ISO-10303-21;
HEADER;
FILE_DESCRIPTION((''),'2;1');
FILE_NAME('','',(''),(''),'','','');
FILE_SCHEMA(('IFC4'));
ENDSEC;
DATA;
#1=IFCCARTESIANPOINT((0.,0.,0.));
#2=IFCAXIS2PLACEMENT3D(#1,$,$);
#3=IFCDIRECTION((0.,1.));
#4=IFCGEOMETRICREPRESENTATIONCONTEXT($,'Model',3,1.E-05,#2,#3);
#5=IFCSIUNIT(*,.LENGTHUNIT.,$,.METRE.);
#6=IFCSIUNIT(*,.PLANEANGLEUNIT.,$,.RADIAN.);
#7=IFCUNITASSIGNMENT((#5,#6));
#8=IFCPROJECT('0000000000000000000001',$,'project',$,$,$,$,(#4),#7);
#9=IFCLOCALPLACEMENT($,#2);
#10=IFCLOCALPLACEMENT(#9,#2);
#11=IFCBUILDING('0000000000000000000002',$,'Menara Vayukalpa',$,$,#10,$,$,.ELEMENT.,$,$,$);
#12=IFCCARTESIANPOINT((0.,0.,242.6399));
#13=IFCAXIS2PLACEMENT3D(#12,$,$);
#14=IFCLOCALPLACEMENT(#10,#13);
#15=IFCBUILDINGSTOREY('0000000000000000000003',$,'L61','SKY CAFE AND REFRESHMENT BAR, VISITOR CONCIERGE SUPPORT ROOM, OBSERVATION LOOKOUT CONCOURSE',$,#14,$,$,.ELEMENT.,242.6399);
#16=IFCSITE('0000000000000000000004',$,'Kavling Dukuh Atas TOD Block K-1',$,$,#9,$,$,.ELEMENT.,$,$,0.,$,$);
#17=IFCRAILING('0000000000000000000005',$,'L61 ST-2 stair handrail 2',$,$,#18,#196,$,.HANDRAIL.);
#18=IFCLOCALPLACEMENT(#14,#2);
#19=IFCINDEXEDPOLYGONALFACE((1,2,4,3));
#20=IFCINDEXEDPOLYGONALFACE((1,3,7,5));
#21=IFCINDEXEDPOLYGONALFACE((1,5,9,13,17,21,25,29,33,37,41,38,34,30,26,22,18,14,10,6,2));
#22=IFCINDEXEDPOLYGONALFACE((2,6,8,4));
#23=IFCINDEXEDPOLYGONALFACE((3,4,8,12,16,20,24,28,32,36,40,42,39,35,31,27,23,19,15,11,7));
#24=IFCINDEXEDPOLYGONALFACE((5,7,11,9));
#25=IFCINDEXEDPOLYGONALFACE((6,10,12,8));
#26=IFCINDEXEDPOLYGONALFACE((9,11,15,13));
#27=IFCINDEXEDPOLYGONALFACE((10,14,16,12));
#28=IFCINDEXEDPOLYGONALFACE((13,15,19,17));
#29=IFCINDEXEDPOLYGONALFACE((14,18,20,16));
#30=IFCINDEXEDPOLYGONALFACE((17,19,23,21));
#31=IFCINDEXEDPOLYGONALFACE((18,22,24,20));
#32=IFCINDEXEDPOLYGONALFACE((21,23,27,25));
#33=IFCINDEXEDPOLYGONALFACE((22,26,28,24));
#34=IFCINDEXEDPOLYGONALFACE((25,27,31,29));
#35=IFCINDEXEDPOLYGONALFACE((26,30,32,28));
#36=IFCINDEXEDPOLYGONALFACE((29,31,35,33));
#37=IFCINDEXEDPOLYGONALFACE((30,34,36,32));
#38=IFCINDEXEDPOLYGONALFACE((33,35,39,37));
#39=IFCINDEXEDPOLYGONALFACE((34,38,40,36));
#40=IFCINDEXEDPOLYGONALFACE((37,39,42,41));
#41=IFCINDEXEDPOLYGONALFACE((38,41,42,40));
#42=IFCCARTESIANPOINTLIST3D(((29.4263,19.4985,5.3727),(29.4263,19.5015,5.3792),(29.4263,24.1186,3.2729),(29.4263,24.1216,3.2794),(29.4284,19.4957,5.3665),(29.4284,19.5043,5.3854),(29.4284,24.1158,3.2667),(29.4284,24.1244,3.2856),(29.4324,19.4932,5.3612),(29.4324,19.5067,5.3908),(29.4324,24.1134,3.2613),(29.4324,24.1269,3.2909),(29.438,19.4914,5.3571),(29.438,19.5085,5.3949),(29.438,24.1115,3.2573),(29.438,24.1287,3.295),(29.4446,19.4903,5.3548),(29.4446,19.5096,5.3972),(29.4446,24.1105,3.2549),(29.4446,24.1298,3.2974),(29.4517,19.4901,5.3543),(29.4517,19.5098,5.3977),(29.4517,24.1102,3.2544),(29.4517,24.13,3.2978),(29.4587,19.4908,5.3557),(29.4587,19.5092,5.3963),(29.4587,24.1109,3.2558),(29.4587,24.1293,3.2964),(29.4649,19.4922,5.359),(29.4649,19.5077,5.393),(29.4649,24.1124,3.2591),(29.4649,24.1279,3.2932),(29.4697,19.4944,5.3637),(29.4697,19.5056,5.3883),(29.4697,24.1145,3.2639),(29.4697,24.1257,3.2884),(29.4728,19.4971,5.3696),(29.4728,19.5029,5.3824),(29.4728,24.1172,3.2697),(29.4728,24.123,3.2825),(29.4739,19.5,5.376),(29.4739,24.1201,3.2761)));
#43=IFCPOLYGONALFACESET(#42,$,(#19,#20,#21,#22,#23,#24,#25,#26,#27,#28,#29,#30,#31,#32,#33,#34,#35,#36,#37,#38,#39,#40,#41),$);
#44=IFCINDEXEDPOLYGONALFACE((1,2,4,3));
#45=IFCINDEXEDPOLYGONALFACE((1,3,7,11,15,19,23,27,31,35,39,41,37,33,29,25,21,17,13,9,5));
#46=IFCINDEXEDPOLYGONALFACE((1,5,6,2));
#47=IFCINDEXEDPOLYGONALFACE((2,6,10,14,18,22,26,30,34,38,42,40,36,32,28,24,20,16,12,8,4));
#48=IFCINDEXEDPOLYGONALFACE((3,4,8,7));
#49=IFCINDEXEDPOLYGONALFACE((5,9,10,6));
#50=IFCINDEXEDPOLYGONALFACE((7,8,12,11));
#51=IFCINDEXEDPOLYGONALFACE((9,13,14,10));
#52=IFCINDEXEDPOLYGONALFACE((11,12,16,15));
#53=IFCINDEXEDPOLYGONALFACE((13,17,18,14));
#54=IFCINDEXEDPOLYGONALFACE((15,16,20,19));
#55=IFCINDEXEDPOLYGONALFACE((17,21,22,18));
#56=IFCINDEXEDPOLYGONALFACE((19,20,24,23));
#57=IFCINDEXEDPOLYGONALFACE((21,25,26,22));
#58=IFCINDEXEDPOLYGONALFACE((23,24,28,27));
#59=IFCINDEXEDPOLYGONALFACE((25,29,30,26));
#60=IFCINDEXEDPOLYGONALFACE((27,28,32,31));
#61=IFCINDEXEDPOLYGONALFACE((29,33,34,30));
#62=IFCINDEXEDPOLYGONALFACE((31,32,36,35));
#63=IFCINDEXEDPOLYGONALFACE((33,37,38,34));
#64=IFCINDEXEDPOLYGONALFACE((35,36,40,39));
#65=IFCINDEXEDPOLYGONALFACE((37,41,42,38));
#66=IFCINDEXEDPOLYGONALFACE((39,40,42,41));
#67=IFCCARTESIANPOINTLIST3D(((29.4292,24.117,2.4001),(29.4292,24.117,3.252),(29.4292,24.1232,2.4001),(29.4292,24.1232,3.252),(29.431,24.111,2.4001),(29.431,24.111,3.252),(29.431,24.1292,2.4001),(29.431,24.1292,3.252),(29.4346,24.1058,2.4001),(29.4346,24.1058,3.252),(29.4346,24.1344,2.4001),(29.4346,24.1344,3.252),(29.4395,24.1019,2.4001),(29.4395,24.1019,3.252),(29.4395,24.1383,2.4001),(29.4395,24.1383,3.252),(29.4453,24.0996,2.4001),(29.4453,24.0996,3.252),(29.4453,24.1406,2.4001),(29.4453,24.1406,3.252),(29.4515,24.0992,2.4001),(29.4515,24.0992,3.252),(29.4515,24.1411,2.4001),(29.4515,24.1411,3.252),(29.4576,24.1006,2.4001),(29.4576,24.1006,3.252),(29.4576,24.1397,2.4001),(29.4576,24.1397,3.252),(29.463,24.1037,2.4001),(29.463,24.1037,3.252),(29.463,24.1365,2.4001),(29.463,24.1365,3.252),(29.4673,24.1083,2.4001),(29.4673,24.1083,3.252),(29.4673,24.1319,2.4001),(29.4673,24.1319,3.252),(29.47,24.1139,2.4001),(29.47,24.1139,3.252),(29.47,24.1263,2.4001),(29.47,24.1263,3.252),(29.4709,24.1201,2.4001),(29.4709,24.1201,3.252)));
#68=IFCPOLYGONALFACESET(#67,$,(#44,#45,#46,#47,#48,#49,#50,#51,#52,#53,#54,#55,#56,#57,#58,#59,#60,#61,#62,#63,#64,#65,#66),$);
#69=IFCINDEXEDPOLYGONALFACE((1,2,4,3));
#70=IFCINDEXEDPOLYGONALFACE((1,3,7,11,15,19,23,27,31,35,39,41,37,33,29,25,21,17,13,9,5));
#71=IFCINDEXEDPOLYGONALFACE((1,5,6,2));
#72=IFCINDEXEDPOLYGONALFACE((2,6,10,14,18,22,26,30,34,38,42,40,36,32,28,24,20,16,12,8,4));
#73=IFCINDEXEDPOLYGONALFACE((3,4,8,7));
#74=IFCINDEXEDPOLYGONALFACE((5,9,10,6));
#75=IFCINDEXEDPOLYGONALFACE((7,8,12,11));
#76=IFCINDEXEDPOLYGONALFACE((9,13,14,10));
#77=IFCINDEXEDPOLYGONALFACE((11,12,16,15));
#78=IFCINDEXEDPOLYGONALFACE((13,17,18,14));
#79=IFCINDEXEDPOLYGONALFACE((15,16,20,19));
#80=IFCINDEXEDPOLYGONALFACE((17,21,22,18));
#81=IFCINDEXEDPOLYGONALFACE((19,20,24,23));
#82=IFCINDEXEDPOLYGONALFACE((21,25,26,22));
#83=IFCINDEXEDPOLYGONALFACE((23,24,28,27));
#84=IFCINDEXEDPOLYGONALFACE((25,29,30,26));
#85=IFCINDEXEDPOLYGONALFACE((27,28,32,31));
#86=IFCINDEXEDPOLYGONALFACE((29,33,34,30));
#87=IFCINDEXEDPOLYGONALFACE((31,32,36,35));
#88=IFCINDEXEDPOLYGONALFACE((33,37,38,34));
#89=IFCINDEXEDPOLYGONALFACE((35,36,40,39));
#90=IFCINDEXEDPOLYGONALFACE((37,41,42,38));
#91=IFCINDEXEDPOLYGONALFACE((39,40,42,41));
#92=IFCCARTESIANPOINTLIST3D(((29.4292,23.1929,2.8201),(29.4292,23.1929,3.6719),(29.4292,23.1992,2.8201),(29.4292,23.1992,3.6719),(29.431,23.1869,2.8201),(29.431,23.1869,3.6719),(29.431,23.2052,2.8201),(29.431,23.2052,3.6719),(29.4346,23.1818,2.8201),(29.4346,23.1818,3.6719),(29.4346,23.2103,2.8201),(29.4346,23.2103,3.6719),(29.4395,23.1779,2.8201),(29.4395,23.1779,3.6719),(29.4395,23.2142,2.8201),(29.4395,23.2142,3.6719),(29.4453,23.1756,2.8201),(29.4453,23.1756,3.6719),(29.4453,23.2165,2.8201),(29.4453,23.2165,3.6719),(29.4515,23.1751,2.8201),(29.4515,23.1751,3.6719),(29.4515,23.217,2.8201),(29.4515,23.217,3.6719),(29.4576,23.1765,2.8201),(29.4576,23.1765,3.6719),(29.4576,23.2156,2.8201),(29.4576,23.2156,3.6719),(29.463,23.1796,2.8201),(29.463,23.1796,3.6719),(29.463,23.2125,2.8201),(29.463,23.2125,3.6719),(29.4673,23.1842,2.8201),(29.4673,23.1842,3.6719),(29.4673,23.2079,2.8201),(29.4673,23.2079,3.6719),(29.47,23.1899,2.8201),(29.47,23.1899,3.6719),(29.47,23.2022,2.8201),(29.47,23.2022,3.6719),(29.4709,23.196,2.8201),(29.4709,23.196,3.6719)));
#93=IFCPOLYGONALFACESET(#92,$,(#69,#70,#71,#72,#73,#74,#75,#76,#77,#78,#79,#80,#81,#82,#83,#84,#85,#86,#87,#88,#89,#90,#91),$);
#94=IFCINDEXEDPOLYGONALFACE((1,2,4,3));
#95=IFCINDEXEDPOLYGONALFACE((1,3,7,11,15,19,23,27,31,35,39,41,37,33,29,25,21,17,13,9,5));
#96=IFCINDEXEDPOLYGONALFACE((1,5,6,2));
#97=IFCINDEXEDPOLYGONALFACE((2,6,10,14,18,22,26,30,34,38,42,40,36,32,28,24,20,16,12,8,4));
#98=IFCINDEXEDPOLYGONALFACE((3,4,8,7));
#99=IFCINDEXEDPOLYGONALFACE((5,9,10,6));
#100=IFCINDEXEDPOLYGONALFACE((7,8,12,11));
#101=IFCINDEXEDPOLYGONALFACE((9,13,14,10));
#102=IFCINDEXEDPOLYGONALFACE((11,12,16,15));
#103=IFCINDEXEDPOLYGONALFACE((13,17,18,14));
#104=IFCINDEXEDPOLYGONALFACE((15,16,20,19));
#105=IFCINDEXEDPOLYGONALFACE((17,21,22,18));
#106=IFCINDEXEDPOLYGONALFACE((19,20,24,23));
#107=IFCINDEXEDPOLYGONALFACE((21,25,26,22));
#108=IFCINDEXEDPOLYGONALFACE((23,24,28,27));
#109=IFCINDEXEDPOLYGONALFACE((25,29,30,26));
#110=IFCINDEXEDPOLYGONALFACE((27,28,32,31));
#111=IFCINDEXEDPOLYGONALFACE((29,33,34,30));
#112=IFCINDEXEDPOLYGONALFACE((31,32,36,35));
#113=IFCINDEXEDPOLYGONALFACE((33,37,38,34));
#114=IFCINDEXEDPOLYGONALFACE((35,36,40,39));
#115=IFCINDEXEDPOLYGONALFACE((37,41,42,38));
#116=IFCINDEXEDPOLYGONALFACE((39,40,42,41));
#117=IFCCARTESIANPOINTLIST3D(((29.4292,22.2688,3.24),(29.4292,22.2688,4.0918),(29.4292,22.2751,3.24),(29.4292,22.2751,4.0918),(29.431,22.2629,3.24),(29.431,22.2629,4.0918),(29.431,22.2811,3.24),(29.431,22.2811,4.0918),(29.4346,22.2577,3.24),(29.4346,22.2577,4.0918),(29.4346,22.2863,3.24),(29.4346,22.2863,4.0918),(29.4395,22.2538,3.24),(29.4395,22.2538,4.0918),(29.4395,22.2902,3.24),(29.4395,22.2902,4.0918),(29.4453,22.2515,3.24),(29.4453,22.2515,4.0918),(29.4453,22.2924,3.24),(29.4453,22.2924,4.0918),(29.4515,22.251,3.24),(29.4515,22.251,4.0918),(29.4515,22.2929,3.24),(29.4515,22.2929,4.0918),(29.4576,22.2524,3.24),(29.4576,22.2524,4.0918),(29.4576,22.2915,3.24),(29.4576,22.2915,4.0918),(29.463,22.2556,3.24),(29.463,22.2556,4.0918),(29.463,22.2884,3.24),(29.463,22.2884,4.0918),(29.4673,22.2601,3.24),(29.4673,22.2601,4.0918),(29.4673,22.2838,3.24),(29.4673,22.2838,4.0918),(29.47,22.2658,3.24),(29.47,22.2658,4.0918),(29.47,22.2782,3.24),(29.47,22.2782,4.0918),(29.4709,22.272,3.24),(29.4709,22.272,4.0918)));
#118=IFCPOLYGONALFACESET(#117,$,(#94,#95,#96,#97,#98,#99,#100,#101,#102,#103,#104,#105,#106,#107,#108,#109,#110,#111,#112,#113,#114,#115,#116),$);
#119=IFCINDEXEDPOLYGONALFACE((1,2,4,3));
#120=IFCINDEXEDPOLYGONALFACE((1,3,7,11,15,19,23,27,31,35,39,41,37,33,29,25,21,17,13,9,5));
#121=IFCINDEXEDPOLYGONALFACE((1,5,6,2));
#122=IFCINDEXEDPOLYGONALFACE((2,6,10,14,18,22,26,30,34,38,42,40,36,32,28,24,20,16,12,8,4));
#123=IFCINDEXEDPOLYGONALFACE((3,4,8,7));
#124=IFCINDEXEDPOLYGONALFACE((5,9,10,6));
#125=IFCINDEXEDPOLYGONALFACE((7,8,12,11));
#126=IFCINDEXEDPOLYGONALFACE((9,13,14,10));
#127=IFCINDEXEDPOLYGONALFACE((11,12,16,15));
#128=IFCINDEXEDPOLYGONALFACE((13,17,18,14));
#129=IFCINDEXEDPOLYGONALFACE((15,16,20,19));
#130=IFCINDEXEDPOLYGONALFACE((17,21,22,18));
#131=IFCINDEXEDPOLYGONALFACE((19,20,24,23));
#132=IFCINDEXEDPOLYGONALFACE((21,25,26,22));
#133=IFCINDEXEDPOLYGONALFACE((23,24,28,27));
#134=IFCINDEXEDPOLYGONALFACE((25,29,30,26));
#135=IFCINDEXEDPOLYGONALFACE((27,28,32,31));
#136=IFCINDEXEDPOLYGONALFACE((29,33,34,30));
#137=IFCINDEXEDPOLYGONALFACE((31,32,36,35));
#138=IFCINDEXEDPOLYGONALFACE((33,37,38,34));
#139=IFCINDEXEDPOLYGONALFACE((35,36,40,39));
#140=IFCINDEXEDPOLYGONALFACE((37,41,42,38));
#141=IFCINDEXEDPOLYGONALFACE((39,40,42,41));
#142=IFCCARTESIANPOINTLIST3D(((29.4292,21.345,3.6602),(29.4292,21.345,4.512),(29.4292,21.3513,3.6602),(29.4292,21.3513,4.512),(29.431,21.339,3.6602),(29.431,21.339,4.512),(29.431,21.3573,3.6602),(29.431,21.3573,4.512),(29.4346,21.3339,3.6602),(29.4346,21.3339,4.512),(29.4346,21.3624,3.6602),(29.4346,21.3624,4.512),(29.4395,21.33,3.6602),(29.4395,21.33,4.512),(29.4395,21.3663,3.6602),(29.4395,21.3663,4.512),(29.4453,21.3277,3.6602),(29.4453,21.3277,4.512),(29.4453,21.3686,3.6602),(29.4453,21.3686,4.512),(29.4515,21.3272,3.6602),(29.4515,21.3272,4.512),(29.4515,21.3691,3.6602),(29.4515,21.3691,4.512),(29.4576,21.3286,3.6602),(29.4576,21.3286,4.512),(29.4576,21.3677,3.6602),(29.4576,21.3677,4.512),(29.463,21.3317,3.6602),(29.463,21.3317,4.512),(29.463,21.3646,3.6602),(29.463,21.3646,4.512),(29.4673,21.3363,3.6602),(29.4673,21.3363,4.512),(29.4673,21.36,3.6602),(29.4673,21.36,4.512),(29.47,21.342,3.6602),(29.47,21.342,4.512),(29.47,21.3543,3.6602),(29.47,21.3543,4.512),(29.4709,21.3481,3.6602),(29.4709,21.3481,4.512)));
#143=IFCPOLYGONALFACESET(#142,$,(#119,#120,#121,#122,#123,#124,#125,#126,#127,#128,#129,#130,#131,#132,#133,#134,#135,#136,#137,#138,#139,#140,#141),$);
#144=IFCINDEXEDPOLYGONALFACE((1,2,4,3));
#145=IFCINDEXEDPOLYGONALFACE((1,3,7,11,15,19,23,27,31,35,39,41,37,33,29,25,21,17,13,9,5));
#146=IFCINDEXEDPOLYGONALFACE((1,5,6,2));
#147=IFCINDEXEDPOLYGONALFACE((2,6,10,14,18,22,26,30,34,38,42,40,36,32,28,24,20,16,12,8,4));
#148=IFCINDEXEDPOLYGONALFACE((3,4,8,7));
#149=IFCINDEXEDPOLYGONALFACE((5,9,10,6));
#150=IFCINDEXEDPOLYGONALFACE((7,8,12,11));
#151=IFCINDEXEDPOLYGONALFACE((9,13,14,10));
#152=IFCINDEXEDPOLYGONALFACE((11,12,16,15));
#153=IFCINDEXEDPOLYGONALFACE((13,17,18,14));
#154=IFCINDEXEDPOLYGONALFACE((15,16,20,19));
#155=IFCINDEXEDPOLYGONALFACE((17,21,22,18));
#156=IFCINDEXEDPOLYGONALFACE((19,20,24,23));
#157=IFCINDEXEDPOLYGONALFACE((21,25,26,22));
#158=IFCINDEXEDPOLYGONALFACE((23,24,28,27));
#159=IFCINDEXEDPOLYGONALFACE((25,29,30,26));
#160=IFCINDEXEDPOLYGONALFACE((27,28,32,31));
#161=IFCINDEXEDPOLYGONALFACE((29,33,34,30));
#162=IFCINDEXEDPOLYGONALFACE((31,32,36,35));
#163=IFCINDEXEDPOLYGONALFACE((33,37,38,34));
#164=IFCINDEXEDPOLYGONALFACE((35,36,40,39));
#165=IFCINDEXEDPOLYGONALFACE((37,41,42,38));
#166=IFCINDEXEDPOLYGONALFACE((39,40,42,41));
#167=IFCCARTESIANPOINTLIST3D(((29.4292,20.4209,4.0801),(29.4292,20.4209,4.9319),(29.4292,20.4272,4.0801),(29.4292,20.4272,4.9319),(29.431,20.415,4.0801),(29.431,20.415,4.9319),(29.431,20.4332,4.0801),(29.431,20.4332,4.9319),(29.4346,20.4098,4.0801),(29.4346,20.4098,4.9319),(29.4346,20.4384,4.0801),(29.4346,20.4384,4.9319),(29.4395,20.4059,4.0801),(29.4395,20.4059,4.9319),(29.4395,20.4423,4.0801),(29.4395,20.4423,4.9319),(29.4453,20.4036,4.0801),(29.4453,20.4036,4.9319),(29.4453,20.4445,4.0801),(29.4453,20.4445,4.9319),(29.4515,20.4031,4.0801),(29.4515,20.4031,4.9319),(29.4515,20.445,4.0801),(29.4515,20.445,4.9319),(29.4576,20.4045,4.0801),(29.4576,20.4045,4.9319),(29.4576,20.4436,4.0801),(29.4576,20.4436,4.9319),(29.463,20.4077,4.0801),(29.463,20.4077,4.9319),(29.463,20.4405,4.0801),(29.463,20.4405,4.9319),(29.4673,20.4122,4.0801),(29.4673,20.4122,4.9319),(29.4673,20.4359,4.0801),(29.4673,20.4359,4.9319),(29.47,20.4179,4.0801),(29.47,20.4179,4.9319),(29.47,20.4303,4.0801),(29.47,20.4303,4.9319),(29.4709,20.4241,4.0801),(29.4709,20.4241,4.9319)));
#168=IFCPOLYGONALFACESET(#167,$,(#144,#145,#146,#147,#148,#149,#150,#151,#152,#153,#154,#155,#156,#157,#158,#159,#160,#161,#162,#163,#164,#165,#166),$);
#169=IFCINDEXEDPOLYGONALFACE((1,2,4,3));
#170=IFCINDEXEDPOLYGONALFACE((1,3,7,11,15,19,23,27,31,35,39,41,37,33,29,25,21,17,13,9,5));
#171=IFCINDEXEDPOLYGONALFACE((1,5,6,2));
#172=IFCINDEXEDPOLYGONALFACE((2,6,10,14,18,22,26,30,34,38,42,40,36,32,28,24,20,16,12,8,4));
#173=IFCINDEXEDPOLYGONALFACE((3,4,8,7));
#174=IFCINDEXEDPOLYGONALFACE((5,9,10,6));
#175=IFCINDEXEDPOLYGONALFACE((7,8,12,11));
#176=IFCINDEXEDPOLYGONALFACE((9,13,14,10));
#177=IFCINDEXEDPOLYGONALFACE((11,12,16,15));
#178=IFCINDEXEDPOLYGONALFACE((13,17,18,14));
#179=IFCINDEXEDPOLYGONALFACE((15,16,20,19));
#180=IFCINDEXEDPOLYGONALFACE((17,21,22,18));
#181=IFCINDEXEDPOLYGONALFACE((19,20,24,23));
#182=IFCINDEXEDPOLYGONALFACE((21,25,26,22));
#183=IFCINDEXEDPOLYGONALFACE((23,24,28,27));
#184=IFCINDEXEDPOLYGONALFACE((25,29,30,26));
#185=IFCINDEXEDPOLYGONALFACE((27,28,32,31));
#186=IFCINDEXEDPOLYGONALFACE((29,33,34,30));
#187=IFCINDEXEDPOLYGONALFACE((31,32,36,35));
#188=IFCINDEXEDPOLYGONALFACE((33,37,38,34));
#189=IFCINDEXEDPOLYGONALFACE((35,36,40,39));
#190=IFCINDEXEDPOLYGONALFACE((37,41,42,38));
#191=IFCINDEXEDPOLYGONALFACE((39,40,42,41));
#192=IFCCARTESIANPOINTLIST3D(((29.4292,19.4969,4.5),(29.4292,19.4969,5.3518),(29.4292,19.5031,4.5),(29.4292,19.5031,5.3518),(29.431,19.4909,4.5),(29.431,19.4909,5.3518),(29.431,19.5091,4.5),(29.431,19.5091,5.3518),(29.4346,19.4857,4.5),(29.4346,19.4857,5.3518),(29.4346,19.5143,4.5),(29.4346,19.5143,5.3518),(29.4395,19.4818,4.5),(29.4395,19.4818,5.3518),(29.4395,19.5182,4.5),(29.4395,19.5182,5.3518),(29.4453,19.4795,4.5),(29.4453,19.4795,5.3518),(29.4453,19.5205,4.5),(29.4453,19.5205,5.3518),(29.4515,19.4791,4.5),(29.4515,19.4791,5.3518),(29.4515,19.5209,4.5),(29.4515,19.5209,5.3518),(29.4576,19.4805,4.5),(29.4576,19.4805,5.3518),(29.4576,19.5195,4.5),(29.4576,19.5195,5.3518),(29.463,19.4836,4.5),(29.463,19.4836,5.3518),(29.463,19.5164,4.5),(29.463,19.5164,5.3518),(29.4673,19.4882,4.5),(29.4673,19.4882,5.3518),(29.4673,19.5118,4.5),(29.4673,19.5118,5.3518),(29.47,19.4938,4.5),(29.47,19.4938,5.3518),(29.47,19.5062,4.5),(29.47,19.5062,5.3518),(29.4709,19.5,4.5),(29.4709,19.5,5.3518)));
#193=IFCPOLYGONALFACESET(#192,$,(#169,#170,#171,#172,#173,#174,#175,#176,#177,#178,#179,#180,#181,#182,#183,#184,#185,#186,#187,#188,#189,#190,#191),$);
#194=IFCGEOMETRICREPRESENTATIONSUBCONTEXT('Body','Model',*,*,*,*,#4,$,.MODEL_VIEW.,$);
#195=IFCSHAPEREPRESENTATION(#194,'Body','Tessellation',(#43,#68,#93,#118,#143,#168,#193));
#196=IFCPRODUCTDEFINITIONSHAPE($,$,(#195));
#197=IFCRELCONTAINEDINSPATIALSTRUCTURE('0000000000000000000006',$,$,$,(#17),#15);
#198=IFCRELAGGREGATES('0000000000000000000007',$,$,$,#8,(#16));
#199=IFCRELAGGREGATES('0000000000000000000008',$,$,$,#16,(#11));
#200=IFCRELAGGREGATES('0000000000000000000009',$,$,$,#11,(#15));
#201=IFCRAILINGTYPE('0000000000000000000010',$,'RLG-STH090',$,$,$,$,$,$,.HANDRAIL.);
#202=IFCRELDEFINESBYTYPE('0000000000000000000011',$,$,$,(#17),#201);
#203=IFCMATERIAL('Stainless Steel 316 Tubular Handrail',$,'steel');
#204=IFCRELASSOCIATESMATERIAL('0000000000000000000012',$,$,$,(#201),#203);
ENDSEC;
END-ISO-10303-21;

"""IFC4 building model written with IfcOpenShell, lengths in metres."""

from ifc_helpers import new_model, si_unit, direction, frame, origin, origin_2d, place, context, subcontext, project, spatial, circle, extrude, material, type_object, element, save


model = new_model("IFC4")

# Units and contexts
model_context = context("Model", 3, precision=1e-05, world=origin(), true_north=direction((0.0, 1.0)))
body_context = subcontext(model_context, "Body", "Model", "MODEL_VIEW")
ifc_project = project(units=[si_unit("LENGTHUNIT", "METRE"), si_unit("PLANEANGLEUNIT", "RADIAN")], contexts=[model_context])

# Site, building, storey
site_placement = place(None, origin())
site = spatial("IfcSite", under=ifc_project, at=site_placement, Name="Kavling Dukuh Atas TOD Block K-1", CompositionType="ELEMENT", RefElevation=0.0)
building_placement = place(site_placement, origin())
building = spatial("IfcBuilding", under=site, at=building_placement, Name="Menara Vayukalpa", CompositionType="ELEMENT")
storey_placement = place(building_placement, frame((0.0, 0.0, 242.6399)))
storey = spatial("IfcBuildingStorey", under=building, at=storey_placement, Name="L61", Description="SKY CAFE AND REFRESHMENT BAR, VISITOR CONCIERGE SUPPORT ROOM, OBSERVATION LOOKOUT CONCOURSE", CompositionType="ELEMENT", Elevation=242.6399)

# Railing
ifc_material_1 = material(Name="Stainless Steel 316 Tubular Handrail", Category="steel")
railing_type_1 = type_object("IfcRailingType", Name="RLG-STH090", PredefinedType="HANDRAIL", material=ifc_material_1)
railing_1_placement = place(storey_placement, frame((29.45, 24.1201, 2.4001)))
element("IfcRailing", 1, at=railing_1_placement, inside=storey, type_object=railing_type_1, Name="L61 ST-2 stair handrail 2", PredefinedType="HANDRAIL", context=body_context, shape_type="SweptSolid", body=[
    extrude(circle(Radius=0.0239, at=origin_2d()), frame((0.0, 0.0, 0.876), z_axis=(0.0, -0.910381, 0.41377), x_axis=(1.0, 0.0, 0.0)), (0.0, 0.0, 1.0), 5.075),
    extrude(circle(Radius=0.021, at=origin_2d()), origin(), (0.0, 0.0, 1.0), 0.8518),
    extrude(circle(Radius=0.021, at=origin_2d()), frame((0.0, -0.9241, 0.4199)), (0.0, 0.0, 1.0), 0.8518),
    extrude(circle(Radius=0.021, at=origin_2d()), frame((0.0, -1.8481, 0.8398)), (0.0, 0.0, 1.0), 0.8518),
    extrude(circle(Radius=0.021, at=origin_2d()), frame((0.0, -2.772, 1.26)), (0.0, 0.0, 1.0), 0.8518),
    extrude(circle(Radius=0.021, at=origin_2d()), frame((0.0, -3.696, 1.6799)), (0.0, 0.0, 1.0), 0.8518),
    extrude(circle(Radius=0.021, at=origin_2d()), frame((0.0, -4.6201, 2.0999)), (0.0, 0.0, 1.0), 0.8518),
])

save(model, "model.ifc")
